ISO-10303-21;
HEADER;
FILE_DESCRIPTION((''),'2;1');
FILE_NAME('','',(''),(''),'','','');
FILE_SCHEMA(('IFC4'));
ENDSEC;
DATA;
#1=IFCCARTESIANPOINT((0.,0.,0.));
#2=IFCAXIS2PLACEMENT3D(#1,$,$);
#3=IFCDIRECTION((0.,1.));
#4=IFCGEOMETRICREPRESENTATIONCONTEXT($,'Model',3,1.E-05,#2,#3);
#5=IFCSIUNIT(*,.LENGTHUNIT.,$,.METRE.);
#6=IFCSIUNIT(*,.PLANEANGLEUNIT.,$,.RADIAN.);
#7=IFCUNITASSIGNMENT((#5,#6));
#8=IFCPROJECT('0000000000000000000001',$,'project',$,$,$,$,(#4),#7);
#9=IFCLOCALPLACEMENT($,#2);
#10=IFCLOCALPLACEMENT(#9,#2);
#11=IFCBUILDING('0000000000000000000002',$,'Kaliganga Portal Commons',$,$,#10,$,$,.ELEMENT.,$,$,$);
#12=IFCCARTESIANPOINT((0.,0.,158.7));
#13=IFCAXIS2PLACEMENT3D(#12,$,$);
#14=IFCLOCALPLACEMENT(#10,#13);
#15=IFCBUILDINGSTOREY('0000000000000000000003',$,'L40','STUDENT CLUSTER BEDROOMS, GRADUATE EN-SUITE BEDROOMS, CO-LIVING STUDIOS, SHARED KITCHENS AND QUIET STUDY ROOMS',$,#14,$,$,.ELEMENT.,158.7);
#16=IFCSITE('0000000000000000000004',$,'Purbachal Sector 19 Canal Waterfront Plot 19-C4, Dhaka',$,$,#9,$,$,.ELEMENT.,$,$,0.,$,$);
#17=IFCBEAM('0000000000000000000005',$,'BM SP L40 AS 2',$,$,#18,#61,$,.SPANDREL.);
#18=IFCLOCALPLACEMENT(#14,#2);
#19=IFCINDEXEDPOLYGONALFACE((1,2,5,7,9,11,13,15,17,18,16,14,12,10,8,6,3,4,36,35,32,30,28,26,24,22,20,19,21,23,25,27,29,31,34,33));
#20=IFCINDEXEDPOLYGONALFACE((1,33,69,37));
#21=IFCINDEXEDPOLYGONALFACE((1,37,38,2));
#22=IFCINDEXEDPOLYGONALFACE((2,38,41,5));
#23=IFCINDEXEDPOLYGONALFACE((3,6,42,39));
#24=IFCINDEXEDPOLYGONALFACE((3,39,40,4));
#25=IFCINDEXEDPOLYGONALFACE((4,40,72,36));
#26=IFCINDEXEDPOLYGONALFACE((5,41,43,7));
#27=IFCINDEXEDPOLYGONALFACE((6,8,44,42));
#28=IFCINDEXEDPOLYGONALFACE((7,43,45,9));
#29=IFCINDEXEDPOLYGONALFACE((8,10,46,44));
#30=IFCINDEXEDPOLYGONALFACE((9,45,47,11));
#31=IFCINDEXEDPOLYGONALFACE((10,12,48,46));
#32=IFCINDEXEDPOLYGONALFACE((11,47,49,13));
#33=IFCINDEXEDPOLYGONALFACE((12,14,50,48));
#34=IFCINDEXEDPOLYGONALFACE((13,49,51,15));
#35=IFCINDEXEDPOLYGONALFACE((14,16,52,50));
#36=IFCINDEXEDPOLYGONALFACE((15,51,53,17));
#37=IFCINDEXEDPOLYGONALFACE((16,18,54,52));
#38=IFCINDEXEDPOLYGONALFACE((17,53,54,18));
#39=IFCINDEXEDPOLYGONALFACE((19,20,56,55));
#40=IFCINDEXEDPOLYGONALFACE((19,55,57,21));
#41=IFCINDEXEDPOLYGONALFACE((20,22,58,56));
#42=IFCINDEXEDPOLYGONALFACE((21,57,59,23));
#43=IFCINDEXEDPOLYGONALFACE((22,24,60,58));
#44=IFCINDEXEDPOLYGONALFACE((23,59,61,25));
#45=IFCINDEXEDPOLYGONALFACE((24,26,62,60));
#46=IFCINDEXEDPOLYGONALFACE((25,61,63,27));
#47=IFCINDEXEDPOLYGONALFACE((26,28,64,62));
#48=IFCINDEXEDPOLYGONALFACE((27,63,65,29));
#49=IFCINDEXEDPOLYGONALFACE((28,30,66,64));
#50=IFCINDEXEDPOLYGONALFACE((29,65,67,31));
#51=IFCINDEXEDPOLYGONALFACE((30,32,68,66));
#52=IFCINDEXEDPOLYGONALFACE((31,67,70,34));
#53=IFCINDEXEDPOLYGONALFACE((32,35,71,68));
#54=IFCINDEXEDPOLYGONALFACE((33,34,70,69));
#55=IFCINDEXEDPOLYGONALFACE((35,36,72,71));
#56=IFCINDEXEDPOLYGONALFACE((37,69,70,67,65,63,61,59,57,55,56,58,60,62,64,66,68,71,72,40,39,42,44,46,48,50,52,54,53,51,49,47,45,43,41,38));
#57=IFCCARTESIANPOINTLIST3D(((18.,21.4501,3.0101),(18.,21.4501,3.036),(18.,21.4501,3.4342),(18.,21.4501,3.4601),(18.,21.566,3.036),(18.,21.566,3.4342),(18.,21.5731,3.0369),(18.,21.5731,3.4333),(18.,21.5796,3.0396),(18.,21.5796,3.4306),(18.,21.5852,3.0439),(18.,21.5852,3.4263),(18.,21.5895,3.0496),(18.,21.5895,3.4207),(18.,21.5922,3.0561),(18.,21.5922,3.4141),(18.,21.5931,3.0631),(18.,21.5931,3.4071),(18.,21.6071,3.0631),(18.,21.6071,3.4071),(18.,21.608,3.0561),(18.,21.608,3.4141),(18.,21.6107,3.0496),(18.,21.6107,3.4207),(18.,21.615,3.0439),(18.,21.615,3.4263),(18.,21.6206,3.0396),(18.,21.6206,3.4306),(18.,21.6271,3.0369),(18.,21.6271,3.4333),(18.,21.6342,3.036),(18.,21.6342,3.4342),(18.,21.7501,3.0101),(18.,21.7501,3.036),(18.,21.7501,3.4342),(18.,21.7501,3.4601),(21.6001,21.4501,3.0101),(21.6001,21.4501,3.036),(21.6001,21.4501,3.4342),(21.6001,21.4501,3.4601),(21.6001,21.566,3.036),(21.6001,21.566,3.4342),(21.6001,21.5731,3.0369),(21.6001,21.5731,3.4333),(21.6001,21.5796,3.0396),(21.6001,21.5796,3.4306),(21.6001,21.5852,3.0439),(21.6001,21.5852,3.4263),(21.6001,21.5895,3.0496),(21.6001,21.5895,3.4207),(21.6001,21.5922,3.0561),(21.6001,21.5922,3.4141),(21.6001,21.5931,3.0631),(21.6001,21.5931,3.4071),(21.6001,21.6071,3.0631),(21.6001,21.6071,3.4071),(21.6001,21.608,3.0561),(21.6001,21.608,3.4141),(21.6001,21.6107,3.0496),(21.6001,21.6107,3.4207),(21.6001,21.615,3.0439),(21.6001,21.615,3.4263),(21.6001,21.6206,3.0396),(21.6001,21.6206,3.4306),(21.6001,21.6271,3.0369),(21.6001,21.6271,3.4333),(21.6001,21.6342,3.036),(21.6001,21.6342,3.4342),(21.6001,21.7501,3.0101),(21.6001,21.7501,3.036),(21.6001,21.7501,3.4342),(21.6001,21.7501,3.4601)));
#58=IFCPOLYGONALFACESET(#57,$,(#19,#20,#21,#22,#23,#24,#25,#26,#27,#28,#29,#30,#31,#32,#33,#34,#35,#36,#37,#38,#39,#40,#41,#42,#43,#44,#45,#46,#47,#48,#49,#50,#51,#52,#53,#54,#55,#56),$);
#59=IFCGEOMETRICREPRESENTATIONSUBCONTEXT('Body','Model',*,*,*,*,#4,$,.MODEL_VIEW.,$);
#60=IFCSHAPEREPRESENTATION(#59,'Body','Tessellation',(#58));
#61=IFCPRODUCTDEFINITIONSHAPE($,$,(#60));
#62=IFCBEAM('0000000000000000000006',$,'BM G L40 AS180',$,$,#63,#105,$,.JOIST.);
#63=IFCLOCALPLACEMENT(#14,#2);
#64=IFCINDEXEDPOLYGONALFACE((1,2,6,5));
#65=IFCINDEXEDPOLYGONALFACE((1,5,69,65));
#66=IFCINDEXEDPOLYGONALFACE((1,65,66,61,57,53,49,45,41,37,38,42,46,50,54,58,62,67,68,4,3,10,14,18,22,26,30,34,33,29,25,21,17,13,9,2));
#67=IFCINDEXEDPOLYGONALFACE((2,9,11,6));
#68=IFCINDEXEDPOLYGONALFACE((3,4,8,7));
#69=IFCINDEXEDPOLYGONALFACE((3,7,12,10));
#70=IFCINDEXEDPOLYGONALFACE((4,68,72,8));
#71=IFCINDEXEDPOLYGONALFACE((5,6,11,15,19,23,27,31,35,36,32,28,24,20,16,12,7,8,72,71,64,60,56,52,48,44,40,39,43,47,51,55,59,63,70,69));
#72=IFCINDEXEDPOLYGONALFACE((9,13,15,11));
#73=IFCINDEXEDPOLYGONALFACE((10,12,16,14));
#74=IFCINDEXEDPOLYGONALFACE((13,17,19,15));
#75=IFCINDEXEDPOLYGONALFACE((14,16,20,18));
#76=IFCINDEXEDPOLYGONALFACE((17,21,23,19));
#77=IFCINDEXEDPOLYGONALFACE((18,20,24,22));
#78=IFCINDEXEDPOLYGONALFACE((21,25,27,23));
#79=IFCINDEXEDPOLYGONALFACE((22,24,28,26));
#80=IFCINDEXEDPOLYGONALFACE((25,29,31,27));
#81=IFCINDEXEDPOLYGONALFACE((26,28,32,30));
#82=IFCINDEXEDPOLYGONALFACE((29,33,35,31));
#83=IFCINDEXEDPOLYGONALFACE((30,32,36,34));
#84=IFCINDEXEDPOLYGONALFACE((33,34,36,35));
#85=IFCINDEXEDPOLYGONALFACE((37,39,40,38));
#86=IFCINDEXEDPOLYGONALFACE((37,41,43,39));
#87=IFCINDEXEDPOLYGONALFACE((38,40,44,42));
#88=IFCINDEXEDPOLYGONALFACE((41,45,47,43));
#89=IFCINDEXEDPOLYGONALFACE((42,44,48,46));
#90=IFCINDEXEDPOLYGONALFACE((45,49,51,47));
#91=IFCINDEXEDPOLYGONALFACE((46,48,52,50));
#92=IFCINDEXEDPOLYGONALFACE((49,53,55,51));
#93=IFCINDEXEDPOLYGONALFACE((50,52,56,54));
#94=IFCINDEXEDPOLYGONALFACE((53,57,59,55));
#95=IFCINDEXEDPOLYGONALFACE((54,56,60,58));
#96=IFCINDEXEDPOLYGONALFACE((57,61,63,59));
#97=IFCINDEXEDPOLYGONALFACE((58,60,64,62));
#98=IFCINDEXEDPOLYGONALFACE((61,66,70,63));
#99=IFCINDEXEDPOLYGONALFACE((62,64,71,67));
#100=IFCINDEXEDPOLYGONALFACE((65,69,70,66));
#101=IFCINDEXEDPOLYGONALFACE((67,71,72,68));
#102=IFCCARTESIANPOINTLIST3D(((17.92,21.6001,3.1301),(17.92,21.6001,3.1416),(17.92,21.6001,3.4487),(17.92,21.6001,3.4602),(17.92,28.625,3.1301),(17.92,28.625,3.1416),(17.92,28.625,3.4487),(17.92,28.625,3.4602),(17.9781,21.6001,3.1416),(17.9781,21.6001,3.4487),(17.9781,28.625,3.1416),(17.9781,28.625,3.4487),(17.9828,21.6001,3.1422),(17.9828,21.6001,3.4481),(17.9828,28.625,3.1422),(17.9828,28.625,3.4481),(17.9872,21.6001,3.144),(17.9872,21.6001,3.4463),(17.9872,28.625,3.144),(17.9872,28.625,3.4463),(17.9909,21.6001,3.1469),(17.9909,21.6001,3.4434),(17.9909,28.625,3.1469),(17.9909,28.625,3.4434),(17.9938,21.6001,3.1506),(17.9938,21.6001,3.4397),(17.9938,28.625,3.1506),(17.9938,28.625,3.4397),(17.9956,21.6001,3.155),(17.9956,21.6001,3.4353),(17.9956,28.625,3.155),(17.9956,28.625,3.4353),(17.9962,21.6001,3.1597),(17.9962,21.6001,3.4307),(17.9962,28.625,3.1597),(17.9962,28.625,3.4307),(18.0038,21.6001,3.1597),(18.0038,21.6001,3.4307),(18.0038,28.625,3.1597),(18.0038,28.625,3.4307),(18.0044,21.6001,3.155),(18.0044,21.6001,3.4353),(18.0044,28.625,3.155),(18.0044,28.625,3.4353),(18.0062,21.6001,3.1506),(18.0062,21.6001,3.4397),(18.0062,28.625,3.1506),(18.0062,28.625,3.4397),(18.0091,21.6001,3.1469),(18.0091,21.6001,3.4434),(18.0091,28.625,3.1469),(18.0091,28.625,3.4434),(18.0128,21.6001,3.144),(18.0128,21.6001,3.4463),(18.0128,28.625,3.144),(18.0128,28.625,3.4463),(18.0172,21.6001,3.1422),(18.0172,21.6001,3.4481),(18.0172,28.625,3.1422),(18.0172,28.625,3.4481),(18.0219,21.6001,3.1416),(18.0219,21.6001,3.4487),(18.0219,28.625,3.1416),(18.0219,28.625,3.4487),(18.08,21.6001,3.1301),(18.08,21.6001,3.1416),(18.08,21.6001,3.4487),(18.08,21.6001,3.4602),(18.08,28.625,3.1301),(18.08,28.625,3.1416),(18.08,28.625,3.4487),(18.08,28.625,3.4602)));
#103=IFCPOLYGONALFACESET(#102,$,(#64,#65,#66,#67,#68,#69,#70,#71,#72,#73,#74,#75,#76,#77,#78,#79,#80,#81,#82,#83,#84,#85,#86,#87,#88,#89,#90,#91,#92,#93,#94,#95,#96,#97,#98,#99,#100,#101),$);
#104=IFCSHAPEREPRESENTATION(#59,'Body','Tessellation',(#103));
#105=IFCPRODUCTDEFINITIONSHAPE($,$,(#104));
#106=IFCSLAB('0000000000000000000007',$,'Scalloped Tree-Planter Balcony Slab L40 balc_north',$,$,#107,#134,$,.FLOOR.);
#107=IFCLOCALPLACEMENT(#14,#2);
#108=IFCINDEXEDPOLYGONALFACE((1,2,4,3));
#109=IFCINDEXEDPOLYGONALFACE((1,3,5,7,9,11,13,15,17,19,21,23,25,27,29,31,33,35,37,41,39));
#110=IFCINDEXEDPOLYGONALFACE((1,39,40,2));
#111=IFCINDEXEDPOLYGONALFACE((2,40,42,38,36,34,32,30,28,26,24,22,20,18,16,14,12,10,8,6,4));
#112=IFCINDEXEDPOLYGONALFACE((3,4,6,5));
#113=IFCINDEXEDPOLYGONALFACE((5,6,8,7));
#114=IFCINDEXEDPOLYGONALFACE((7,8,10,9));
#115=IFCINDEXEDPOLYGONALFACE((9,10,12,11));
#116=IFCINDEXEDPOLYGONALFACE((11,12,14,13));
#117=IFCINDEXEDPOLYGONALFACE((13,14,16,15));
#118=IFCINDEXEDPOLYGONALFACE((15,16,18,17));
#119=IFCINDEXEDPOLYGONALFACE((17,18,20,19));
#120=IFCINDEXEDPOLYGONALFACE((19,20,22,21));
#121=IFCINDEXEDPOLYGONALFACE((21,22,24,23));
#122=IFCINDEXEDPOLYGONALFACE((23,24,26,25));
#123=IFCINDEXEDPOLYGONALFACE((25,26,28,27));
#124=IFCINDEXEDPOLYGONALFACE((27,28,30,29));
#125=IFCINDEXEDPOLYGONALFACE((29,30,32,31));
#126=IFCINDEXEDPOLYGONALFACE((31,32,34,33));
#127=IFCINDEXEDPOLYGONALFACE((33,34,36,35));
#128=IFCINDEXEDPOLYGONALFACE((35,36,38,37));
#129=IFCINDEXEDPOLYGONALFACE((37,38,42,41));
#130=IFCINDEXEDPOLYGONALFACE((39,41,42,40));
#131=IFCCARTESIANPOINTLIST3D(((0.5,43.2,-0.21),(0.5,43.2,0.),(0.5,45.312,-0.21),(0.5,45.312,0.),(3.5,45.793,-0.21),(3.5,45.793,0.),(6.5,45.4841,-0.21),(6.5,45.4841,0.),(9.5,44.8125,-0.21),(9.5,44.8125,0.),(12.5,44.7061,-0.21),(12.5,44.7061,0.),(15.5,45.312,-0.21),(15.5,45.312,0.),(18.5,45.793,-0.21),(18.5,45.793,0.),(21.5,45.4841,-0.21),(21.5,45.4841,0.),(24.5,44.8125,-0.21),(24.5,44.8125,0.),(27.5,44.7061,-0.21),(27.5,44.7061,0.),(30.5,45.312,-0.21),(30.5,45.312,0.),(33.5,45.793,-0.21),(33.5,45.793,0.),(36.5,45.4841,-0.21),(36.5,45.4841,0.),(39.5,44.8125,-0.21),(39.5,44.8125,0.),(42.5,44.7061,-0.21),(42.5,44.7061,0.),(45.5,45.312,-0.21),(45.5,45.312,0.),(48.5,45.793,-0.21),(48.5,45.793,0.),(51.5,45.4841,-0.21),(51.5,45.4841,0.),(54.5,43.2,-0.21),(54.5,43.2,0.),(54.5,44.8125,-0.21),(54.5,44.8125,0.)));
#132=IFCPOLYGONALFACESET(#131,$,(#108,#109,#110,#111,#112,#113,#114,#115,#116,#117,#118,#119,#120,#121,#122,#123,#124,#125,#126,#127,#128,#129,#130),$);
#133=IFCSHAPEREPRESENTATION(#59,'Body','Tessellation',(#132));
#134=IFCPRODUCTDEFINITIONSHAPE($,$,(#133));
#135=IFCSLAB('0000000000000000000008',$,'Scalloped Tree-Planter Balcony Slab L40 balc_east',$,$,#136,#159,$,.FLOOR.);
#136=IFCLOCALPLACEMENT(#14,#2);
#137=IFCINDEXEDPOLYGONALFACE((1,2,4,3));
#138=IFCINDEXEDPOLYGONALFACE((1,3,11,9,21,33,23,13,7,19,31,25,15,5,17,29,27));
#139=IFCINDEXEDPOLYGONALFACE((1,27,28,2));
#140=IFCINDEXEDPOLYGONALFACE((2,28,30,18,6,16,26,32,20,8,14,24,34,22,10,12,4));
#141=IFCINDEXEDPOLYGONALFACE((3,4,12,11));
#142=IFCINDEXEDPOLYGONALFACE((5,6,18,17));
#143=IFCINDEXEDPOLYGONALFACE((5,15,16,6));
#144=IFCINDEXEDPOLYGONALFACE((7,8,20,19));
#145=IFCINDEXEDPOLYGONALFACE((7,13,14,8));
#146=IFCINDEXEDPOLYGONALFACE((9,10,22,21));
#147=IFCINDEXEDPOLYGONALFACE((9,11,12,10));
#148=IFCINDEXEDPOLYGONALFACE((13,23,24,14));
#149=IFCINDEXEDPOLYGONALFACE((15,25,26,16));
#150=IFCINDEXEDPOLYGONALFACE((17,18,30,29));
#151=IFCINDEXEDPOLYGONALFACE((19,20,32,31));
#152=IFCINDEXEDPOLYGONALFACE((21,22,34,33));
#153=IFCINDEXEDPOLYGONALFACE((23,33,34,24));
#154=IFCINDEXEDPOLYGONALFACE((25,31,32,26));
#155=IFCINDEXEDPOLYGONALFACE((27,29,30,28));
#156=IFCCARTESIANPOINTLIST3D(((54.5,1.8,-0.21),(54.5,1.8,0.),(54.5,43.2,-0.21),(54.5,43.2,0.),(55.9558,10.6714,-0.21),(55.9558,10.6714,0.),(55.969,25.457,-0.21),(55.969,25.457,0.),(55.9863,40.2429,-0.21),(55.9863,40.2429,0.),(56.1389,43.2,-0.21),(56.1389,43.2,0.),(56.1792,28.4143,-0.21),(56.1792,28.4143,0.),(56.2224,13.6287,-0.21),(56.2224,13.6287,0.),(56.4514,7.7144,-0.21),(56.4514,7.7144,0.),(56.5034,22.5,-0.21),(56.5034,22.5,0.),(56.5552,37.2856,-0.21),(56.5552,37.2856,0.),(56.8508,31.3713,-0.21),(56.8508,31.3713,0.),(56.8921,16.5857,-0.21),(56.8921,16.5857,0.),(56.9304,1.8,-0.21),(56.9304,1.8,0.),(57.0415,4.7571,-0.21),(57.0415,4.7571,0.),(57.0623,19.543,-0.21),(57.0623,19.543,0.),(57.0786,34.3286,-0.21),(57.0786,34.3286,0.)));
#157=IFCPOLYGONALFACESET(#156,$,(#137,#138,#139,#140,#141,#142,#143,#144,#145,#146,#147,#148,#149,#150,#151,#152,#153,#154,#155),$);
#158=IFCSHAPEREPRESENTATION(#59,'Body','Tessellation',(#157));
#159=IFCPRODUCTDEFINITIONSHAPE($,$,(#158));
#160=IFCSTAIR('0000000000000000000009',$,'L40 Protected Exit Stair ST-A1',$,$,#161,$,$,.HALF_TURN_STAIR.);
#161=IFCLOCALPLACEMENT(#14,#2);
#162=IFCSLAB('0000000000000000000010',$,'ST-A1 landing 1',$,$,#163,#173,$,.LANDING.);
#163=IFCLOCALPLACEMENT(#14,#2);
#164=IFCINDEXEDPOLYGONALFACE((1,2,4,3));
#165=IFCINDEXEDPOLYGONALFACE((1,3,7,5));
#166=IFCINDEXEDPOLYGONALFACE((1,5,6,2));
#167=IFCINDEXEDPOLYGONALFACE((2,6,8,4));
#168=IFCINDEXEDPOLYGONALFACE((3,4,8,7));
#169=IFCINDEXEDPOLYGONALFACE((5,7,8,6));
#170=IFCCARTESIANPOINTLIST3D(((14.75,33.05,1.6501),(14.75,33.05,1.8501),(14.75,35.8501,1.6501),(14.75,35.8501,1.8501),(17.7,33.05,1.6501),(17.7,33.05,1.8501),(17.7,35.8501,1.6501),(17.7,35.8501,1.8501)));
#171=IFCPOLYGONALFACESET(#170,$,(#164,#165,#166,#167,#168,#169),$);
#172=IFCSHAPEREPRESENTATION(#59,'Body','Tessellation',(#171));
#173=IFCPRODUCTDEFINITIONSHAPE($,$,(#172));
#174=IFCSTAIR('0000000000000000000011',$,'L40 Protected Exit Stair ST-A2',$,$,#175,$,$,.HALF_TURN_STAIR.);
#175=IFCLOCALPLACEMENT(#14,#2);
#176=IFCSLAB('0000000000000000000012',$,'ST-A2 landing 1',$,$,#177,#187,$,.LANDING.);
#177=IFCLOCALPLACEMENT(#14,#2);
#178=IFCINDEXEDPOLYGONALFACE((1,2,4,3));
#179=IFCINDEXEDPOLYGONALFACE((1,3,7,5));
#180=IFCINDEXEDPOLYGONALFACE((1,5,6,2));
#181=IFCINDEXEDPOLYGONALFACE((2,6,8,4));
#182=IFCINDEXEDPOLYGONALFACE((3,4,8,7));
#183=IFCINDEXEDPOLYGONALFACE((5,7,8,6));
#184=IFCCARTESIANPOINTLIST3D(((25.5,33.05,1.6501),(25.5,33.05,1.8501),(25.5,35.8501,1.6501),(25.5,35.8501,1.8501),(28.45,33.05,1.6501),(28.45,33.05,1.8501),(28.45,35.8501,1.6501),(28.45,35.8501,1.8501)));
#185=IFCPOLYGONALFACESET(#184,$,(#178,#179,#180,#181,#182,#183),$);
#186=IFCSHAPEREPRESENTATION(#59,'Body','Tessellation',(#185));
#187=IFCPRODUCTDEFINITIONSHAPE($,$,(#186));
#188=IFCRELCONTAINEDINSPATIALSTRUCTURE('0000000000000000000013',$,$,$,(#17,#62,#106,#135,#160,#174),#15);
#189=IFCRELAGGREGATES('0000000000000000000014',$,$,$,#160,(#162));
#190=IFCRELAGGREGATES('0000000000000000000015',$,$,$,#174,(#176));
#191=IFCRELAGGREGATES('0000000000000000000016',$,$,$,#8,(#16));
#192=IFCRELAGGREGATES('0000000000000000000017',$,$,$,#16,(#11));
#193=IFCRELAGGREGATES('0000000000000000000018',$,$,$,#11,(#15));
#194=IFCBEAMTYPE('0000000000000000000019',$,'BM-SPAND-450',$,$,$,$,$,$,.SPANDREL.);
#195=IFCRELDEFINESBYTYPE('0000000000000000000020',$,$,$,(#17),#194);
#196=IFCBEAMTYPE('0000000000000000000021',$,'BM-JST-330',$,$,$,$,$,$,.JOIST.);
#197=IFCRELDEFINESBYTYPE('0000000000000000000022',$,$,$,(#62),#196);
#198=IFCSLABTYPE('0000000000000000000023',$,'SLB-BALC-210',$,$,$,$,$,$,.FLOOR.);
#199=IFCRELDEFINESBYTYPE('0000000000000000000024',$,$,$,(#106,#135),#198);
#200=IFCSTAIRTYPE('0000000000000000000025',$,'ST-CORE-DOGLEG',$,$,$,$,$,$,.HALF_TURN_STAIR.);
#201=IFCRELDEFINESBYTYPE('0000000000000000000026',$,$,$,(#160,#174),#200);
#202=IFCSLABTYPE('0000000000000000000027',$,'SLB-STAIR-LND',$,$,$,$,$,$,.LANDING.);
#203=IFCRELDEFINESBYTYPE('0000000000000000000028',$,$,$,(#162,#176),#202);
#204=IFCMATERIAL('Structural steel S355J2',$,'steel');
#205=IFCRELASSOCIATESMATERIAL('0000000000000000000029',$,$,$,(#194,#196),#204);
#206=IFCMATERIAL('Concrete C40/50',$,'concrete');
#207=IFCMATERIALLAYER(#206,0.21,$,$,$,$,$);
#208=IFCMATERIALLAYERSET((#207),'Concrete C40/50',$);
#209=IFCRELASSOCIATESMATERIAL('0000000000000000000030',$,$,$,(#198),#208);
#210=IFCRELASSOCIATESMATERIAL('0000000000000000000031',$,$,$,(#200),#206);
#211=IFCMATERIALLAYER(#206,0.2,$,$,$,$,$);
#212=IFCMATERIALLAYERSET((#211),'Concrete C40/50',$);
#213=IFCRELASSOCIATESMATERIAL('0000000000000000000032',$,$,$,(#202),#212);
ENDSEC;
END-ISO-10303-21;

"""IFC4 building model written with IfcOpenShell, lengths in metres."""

from ifc_helpers import new_model, si_unit, direction, frame, origin, origin_2d, place, context, subcontext, project, spatial, polyline, i_section, outline, extrude, source, transform, mapped, material, layer, layer_set, material_profile, profile_set, type_object, element, aggregate, save


model = new_model("IFC4")

# Units and contexts
model_context = context("Model", 3, precision=1e-05, world=origin(), true_north=direction((0.0, 1.0)))
body_context = subcontext(model_context, "Body", "Model", "MODEL_VIEW")
ifc_project = project(units=[si_unit("LENGTHUNIT", "METRE"), si_unit("PLANEANGLEUNIT", "RADIAN")], contexts=[model_context])

# Site, building, storey
site_placement = place(None, origin())
site = spatial("IfcSite", under=ifc_project, at=site_placement, Name="Purbachal Sector 19 Canal Waterfront Plot 19-C4, Dhaka", CompositionType="ELEMENT", RefElevation=0.0)
building_placement = place(site_placement, origin())
building = spatial("IfcBuilding", under=site, at=building_placement, Name="Kaliganga Portal Commons", CompositionType="ELEMENT")
storey_placement = place(building_placement, frame((0.0, 0.0, 158.7)))
storey = spatial("IfcBuildingStorey", under=building, at=storey_placement, Name="L40", Description="STUDENT CLUSTER BEDROOMS, GRADUATE EN-SUITE BEDROOMS, CO-LIVING STUDIOS, SHARED KITCHENS AND QUIET STUDY ROOMS", CompositionType="ELEMENT", Elevation=158.7)

# Beams
ifc_material_1 = material(Name="Structural steel S355J2", Category="steel")
ifc_material_profile_1 = material_profile(ifc_material_1, i_section(OverallWidth=0.3, OverallDepth=0.45, WebThickness=0.0139, FlangeThickness=0.0259, FilletRadius=0.0271, at=origin_2d()), Name="HE 450 B")
ifc_profile_set_1 = profile_set([ifc_material_profile_1], Name="Structural steel S355J2 wide-flange")
beam_type_1 = type_object("IfcBeamType", Name="BM-SPAND-450", PredefinedType="SPANDREL", material=ifc_profile_set_1)
shared_shape_1 = source(origin(), body_context, "Body", "SweptSolid", [
    extrude(i_section(OverallWidth=0.3, OverallDepth=0.45, WebThickness=0.0139, FlangeThickness=0.0259, FilletRadius=0.0271, at=origin_2d()), origin(), (0.0, 0.0, 1.0), 3.6001),
])
for number, where, z_axis, x_axis, name in (
    (1, (18.0, 21.6001, 3.2351), (1.0, 0.0, 0.0), (0.0, 1.0, 0.0), "BM SP L40 AS 2"),
):
    element("IfcBeam", number, at=place(storey_placement, frame(where, z_axis=z_axis, x_axis=x_axis)), inside=storey, type_object=beam_type_1, Name=name, PredefinedType="SPANDREL", context=body_context, shape_type="MappedRepresentation", body=[
        mapped(shared_shape_1, transform((0.0, 0.0, 0.0), x_axis=(1.0, 0.0, 0.0), y_axis=(0.0, 1.0, 0.0), z_axis=(0.0, 0.0, 1.0), scale=1.0)),
    ])
ifc_material_profile_2 = material_profile(ifc_material_1, i_section(OverallWidth=0.1599, OverallDepth=0.3301, WebThickness=0.0076, FlangeThickness=0.0115, FilletRadius=0.0181, at=origin_2d()), Name="IPE 330")
ifc_profile_set_2 = profile_set([ifc_material_profile_2], Name="Structural steel S355J2 wide-flange")
beam_type_2 = type_object("IfcBeamType", Name="BM-JST-330", PredefinedType="JOIST", material=ifc_profile_set_2)
shared_shape_2 = source(origin(), body_context, "Body", "SweptSolid", [
    extrude(i_section(OverallWidth=0.1599, OverallDepth=0.3301, WebThickness=0.0076, FlangeThickness=0.0115, FilletRadius=0.0181, at=origin_2d()), origin(), (0.0, 0.0, 1.0), 7.0249),
])
beam_1_placement = place(storey_placement, frame((18.0, 21.6001, 3.2952), z_axis=(0.0, 1.0, 0.0), x_axis=(-1.0, 0.0, 0.0)))
element("IfcBeam", 2, at=beam_1_placement, inside=storey, type_object=beam_type_2, Name="BM G L40 AS180", PredefinedType="JOIST", context=body_context, shape_type="MappedRepresentation", body=[
    mapped(shared_shape_2, transform((0.0, 0.0, 0.0), x_axis=(1.0, 0.0, 0.0), y_axis=(0.0, 1.0, 0.0), z_axis=(0.0, 0.0, 1.0), scale=1.0)),
])

# Slabs
ifc_material_2 = material(Name="Concrete C40/50", Category="concrete")
ifc_layer_1 = layer(ifc_material_2, 0.21)
ifc_layer_set_1 = layer_set([ifc_layer_1], Name="Concrete C40/50")
slab_type_1 = type_object("IfcSlabType", Name="SLB-BALC-210", PredefinedType="FLOOR", material=ifc_layer_set_1)
slab_1_placement = place(storey_placement, frame((0.0, 0.0, -0.21)))
element("IfcSlab", 3, at=slab_1_placement, inside=storey, type_object=slab_type_1, Name="Scalloped Tree-Planter Balcony Slab L40 balc_north", PredefinedType="FLOOR", context=body_context, shape_type="SweptSolid", body=[
    extrude(outline(polyline([(54.5, 43.2), (54.5, 44.8125), (51.5, 45.4841), (48.5, 45.793), (45.5, 45.312), (42.5, 44.7061), (39.5, 44.8125), (36.5, 45.4841), (33.5, 45.793), (30.5, 45.312), (27.5, 44.7061), (24.5, 44.8125), (21.5, 45.4841), (18.5, 45.793), (15.5, 45.312), (12.5, 44.7061), (9.5, 44.8125), (6.5, 45.4841), (3.5, 45.793), (0.5, 45.312), (0.5, 43.2), (54.5, 43.2)])), origin(), (0.0, 0.0, 1.0), 0.21),
])
slab_2_placement = place(storey_placement, frame((0.0, 0.0, -0.21)))
element("IfcSlab", 4, at=slab_2_placement, inside=storey, type_object=slab_type_1, Name="Scalloped Tree-Planter Balcony Slab L40 balc_east", PredefinedType="FLOOR", context=body_context, shape_type="SweptSolid", body=[
    extrude(outline(polyline([(54.5, 1.8), (56.9304, 1.8), (57.0415, 4.7571), (56.4514, 7.7144), (55.9558, 10.6714), (56.2224, 13.6287), (56.8921, 16.5857), (57.0623, 19.543), (56.5034, 22.5), (55.969, 25.457), (56.1792, 28.4143), (56.8508, 31.3713), (57.0786, 34.3286), (56.5552, 37.2856), (55.9863, 40.2429), (56.1389, 43.2), (54.5, 43.2), (54.5, 1.8)])), origin(), (0.0, 0.0, 1.0), 0.21),
])

# Stairs, slabs
stair_type = type_object("IfcStairType", Name="ST-CORE-DOGLEG", PredefinedType="HALF_TURN_STAIR", material=ifc_material_2)
stair_1_placement = place(storey_placement, origin())
stair_1 = element("IfcStair", 5, at=stair_1_placement, inside=storey, type_object=stair_type, Name="L40 Protected Exit Stair ST-A1", PredefinedType="HALF_TURN_STAIR")
ifc_layer_2 = layer(ifc_material_2, 0.2)
ifc_layer_set_2 = layer_set([ifc_layer_2], Name="Concrete C40/50")
slab_type_2 = type_object("IfcSlabType", Name="SLB-STAIR-LND", PredefinedType="LANDING", material=ifc_layer_set_2)
slab_3_placement = place(storey_placement, frame((0.0, 0.0, 1.6501)))
slab_3 = element("IfcSlab", 6, at=slab_3_placement, type_object=slab_type_2, Name="ST-A1 landing 1", PredefinedType="LANDING", context=body_context, shape_type="SweptSolid", body=[
    extrude(outline(polyline([(17.7, 33.05), (17.7, 35.8501), (14.75, 35.8501), (14.75, 33.05), (17.7, 33.05)])), origin(), (0.0, 0.0, 1.0), 0.2),
])
aggregate(stair_1, [slab_3])
stair_2_placement = place(storey_placement, origin())
stair_2 = element("IfcStair", 7, at=stair_2_placement, inside=storey, type_object=stair_type, Name="L40 Protected Exit Stair ST-A2", PredefinedType="HALF_TURN_STAIR")
slab_4_placement = place(storey_placement, frame((0.0, 0.0, 1.6501)))
slab_4 = element("IfcSlab", 8, at=slab_4_placement, type_object=slab_type_2, Name="ST-A2 landing 1", PredefinedType="LANDING", context=body_context, shape_type="SweptSolid", body=[
    extrude(outline(polyline([(28.45, 33.05), (28.45, 35.8501), (25.5, 35.8501), (25.5, 33.05), (28.45, 33.05)])), origin(), (0.0, 0.0, 1.0), 0.2),
])
aggregate(stair_2, [slab_4])

save(model, "model.ifc")
